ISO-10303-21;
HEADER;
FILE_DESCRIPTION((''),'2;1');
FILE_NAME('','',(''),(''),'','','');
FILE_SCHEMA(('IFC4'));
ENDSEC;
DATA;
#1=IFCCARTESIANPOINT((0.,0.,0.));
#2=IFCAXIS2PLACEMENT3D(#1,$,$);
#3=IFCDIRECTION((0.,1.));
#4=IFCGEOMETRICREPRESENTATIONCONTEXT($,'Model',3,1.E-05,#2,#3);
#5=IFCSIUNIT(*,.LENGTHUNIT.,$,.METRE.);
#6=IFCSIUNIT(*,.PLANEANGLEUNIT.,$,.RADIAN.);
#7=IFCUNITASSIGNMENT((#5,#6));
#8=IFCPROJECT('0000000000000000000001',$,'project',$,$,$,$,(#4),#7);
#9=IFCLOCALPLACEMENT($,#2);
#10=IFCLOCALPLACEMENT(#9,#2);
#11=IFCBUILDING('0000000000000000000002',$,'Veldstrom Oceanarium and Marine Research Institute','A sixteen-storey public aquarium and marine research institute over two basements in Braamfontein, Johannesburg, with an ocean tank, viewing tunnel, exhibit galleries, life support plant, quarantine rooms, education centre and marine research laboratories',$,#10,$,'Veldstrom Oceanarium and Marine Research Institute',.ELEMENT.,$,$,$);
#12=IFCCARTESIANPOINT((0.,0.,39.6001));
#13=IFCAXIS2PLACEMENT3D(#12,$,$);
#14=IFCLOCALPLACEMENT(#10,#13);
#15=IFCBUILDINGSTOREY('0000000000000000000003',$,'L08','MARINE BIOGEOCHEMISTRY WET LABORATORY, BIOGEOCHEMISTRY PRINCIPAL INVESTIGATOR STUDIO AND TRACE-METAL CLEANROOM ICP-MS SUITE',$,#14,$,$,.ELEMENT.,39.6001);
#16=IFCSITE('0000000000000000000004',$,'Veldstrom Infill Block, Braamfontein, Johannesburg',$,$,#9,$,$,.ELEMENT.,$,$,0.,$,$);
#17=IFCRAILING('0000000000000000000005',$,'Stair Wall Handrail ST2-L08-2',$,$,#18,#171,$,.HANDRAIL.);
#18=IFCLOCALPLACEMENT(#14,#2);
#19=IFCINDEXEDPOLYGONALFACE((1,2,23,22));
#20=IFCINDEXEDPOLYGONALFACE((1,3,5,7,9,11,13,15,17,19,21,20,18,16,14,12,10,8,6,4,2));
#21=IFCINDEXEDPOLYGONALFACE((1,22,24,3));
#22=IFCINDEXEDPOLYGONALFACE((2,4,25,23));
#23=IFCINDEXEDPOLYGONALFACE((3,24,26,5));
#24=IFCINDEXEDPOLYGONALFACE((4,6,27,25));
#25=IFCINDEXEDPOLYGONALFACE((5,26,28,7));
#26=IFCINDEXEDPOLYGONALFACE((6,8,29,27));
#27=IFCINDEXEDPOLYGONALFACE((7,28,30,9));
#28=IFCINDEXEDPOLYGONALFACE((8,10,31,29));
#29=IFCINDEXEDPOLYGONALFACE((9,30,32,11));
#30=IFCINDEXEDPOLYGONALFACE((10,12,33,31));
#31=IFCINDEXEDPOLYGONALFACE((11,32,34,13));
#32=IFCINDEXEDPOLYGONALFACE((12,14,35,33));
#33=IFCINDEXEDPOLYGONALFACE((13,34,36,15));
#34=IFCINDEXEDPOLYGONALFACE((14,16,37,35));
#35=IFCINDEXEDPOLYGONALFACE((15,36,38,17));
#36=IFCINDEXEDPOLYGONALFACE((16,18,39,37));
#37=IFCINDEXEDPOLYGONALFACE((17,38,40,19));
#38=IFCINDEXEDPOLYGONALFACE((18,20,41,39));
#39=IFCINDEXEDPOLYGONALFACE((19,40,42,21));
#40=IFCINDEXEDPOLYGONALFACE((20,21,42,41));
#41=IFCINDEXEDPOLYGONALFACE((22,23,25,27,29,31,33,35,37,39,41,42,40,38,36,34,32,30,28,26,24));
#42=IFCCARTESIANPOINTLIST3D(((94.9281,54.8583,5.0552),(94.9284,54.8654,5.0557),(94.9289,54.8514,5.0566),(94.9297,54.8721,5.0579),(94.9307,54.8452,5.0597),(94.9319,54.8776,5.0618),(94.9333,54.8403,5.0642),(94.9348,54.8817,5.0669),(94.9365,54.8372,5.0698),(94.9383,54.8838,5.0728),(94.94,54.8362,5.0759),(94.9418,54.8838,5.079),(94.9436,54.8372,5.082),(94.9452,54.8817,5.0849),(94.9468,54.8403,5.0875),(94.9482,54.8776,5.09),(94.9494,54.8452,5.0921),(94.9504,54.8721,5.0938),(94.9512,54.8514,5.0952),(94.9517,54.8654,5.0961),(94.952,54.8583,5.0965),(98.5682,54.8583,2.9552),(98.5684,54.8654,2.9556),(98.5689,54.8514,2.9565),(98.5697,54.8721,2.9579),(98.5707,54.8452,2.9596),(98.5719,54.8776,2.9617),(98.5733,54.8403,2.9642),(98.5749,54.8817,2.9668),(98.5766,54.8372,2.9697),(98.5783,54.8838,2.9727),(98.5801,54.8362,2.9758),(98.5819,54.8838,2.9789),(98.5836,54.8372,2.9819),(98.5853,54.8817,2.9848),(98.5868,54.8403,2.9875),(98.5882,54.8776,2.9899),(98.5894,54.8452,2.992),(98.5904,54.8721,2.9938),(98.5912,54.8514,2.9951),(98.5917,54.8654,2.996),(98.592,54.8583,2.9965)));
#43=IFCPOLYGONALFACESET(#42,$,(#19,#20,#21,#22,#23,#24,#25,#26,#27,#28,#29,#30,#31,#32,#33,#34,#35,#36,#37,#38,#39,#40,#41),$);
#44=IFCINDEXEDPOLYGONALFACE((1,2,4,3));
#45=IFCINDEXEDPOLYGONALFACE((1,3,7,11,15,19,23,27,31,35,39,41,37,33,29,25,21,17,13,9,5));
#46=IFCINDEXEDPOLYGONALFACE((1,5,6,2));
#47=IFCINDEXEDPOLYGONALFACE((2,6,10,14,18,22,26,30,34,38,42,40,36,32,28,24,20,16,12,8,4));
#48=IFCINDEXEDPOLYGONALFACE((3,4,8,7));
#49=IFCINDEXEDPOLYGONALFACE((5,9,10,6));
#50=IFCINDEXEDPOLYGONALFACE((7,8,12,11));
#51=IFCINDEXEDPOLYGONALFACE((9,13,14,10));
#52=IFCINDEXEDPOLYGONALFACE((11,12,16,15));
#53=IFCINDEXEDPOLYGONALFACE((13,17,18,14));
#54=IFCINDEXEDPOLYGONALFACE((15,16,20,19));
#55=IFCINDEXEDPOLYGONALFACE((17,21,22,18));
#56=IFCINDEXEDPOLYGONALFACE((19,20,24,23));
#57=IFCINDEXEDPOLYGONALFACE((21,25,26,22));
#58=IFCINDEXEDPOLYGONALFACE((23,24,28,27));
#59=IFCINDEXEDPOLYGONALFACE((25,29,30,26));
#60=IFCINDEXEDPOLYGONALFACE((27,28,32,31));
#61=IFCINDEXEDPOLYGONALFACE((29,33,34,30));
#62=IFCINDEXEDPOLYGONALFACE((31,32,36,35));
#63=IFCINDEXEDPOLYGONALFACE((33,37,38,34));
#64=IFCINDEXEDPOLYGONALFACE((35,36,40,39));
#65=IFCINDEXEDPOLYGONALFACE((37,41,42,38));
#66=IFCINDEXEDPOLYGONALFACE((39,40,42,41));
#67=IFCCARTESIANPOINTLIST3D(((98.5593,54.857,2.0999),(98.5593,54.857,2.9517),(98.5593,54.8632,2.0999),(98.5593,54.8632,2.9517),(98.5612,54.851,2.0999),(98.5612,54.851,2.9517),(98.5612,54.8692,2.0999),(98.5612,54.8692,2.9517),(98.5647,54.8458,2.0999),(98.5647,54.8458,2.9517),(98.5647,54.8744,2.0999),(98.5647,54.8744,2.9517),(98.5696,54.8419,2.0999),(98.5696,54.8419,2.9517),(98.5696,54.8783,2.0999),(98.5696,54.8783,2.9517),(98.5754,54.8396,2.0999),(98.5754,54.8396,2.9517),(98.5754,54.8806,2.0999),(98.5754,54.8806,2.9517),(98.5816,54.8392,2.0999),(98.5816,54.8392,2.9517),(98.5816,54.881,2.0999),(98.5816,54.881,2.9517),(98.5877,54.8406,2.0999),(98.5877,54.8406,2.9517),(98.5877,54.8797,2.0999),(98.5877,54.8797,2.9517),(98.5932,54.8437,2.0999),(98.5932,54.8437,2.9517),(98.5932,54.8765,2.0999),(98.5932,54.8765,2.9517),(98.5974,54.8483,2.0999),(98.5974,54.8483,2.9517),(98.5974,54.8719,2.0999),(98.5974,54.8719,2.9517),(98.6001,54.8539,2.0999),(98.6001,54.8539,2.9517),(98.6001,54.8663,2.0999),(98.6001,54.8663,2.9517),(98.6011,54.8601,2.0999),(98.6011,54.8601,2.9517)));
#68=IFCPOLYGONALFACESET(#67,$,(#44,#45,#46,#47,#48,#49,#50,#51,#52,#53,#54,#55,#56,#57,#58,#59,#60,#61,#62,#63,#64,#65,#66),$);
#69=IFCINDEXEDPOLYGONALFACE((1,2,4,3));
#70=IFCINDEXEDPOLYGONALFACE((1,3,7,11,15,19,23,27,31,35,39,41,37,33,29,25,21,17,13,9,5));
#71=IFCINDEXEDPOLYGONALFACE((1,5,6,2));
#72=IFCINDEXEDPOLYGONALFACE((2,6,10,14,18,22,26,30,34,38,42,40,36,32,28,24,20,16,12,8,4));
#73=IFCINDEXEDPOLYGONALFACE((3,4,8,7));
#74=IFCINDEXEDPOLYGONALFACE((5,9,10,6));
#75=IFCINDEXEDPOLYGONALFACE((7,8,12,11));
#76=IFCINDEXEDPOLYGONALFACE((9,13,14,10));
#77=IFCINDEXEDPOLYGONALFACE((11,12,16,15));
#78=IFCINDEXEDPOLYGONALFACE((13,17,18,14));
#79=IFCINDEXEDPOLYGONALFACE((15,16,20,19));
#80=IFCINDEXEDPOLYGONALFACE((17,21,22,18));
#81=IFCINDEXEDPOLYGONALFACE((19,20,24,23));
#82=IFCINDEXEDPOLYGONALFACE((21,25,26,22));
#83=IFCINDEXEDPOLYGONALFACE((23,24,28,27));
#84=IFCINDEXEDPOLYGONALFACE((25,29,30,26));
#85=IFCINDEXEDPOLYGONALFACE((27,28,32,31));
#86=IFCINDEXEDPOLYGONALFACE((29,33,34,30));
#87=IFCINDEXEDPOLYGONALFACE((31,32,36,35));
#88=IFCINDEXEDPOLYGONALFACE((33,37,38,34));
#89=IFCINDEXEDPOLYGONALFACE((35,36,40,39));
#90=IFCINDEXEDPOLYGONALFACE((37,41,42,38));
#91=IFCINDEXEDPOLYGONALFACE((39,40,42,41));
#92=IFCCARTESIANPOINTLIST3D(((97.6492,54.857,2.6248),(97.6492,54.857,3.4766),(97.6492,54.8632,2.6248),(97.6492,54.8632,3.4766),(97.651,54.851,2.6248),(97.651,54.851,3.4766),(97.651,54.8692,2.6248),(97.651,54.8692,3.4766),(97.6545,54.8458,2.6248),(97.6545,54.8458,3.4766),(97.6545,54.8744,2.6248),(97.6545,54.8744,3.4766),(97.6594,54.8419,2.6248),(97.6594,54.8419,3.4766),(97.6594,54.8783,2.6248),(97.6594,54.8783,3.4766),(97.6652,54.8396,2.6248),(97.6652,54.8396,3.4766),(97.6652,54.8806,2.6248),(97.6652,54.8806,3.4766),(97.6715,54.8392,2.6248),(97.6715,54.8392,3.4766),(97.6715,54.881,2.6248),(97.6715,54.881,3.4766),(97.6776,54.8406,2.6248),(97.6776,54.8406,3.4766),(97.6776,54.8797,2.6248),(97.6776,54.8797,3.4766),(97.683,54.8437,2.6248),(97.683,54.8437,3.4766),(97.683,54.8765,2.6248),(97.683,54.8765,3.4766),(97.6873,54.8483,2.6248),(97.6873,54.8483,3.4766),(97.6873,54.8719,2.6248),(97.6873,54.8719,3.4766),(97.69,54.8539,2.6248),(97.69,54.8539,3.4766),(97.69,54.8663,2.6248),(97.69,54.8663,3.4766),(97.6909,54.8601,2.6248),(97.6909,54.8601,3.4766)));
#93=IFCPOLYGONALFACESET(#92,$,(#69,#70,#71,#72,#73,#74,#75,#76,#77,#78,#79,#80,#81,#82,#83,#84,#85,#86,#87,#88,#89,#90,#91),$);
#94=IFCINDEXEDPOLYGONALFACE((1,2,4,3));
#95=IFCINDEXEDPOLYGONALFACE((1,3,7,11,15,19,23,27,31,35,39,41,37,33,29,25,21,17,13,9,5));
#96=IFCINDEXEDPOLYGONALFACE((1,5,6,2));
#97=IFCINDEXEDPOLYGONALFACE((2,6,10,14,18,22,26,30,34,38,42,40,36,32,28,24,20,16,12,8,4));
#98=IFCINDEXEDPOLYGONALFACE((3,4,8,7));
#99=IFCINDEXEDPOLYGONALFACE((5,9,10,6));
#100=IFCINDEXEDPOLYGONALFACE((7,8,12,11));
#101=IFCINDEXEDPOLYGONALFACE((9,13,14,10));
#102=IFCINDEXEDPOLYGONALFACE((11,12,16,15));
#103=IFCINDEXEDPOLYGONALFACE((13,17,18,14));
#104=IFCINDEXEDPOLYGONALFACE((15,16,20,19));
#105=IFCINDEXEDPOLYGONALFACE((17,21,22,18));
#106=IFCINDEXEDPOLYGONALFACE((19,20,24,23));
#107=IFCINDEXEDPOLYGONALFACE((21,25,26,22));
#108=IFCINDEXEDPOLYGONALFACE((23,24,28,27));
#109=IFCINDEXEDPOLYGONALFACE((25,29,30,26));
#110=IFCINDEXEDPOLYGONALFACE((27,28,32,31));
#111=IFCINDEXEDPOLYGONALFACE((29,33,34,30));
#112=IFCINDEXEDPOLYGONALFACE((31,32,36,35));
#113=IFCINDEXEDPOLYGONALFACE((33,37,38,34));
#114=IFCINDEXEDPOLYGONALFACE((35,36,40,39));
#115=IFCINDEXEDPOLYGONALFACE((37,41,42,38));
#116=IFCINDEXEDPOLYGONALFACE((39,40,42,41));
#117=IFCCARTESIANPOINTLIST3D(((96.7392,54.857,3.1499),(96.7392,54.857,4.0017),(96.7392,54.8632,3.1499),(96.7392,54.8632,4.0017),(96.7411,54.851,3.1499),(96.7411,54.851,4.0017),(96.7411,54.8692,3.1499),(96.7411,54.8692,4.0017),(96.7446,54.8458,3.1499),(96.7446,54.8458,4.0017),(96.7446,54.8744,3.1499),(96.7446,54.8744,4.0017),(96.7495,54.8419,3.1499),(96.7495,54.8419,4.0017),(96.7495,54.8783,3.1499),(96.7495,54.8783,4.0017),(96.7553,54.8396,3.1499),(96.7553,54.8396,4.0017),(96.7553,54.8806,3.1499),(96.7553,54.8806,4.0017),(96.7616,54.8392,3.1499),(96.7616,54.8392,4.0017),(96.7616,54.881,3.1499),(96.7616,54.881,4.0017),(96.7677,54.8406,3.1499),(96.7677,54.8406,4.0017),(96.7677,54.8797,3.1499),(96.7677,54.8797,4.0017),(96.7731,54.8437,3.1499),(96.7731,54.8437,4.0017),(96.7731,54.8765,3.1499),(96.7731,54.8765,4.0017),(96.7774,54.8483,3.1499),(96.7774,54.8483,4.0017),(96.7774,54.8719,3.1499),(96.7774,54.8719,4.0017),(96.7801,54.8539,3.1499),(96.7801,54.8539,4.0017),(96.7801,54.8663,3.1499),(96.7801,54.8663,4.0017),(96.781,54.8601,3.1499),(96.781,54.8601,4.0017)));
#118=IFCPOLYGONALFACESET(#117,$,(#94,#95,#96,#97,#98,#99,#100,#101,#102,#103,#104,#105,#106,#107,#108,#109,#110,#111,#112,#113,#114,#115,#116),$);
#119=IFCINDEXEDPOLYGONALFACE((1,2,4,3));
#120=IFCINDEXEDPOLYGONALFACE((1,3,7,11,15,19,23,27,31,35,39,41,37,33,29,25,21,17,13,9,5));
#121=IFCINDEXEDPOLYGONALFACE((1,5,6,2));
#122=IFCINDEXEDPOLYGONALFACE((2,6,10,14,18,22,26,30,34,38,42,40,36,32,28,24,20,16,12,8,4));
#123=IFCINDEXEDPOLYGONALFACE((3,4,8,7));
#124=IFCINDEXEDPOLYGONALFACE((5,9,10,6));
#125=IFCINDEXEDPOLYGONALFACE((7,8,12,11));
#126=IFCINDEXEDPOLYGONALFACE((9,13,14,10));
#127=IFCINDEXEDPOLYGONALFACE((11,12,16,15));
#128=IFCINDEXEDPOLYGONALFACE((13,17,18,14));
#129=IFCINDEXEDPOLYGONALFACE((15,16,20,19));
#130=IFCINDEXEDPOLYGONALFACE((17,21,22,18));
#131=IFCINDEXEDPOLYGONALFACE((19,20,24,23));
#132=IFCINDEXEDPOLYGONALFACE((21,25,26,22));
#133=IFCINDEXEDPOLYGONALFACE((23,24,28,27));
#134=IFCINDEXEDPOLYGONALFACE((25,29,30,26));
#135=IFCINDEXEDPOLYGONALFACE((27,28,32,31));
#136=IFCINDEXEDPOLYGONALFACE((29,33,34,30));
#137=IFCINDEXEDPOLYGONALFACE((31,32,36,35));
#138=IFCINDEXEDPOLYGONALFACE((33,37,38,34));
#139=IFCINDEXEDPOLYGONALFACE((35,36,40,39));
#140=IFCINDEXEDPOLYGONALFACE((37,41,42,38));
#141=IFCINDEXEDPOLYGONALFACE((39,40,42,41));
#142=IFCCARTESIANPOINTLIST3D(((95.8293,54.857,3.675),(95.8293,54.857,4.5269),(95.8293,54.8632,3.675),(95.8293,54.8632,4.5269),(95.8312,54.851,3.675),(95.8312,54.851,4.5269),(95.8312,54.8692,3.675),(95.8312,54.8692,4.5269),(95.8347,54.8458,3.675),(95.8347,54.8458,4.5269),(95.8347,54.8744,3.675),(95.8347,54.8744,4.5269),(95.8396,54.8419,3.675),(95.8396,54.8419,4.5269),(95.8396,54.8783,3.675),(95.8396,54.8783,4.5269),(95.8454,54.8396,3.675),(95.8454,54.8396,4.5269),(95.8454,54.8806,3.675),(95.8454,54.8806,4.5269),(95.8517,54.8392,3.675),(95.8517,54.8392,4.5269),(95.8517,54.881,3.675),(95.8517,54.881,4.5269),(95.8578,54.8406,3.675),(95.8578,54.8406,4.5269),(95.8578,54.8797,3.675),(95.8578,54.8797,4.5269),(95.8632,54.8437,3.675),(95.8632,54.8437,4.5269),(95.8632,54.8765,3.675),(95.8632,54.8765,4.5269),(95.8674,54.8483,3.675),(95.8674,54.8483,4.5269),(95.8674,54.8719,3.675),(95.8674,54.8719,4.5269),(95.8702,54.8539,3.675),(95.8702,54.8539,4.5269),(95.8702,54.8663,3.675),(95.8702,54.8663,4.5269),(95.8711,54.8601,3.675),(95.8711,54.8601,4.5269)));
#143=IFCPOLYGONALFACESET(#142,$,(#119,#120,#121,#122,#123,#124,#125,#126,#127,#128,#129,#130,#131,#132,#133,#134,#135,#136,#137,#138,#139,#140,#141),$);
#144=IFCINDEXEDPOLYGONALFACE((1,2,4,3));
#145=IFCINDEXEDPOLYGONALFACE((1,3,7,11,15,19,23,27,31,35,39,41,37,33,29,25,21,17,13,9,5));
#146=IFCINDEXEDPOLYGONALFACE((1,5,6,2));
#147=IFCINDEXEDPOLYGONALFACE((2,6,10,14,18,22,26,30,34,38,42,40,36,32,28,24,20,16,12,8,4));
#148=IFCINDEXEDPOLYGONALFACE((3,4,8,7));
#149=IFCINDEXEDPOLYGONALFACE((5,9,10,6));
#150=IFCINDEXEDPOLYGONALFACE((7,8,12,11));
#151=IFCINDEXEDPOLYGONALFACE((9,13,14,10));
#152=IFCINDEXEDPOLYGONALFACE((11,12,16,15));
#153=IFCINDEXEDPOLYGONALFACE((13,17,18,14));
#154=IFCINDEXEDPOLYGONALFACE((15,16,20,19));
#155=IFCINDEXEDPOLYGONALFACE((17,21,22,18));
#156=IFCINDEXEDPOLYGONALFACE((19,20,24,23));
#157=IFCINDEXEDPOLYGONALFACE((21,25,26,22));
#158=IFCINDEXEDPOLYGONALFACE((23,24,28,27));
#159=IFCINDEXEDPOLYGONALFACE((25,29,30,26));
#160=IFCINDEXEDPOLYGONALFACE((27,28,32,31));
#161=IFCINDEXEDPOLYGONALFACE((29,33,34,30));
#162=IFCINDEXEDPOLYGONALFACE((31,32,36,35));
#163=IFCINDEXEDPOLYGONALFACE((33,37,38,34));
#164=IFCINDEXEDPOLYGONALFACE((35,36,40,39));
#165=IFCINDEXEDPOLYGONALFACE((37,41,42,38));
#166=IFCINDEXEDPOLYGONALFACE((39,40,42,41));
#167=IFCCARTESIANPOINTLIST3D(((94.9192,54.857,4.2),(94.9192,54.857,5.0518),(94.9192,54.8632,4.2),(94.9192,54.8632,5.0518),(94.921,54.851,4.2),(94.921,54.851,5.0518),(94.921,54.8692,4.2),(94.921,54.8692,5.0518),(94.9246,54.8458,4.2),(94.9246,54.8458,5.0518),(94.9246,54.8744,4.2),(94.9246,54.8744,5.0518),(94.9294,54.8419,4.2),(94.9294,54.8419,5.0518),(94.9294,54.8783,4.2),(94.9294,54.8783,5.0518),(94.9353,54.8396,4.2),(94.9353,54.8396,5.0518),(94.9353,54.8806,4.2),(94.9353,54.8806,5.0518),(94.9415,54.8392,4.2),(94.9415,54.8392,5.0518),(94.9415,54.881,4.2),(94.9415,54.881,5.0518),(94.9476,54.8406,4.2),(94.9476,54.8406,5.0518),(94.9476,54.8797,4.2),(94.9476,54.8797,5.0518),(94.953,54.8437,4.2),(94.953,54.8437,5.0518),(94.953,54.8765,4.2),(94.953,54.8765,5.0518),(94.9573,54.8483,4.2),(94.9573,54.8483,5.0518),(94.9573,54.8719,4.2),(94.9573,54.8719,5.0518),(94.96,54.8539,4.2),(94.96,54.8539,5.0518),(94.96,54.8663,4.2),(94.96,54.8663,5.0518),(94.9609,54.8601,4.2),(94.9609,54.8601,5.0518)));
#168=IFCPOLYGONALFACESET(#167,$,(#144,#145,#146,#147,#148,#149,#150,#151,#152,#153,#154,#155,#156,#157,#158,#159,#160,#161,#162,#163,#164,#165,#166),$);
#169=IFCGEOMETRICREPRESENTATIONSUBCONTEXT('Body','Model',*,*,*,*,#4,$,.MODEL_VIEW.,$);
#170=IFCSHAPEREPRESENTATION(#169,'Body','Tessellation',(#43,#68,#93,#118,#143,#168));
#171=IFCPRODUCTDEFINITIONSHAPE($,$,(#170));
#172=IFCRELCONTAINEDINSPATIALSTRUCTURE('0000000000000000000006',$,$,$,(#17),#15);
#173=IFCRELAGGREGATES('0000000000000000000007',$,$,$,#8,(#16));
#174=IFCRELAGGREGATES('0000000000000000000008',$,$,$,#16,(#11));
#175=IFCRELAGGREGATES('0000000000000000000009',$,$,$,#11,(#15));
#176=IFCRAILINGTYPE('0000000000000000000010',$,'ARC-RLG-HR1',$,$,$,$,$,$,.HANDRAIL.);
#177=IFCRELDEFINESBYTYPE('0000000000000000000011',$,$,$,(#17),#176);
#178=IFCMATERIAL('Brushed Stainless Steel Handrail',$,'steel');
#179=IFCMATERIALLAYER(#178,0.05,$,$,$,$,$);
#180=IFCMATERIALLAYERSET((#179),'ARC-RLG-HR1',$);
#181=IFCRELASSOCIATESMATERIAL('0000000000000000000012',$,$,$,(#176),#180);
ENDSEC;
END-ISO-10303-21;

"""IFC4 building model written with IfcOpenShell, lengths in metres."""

from ifc_helpers import new_model, si_unit, direction, frame, origin, origin_2d, place, context, subcontext, project, spatial, circle, extrude, material, layer, layer_set, type_object, element, save


model = new_model("IFC4")

# Units and contexts
model_context = context("Model", 3, precision=1e-05, world=origin(), true_north=direction((0.0, 1.0)))
body_context = subcontext(model_context, "Body", "Model", "MODEL_VIEW")
ifc_project = project(units=[si_unit("LENGTHUNIT", "METRE"), si_unit("PLANEANGLEUNIT", "RADIAN")], contexts=[model_context])

# Site, building, storey
site_placement = place(None, origin())
site = spatial("IfcSite", under=ifc_project, at=site_placement, Name="Veldstrom Infill Block, Braamfontein, Johannesburg", CompositionType="ELEMENT", RefElevation=0.0)
building_placement = place(site_placement, origin())
building = spatial("IfcBuilding", under=site, at=building_placement, Name="Veldstrom Oceanarium and Marine Research Institute", Description="A sixteen-storey public aquarium and marine research institute over two basements in Braamfontein, Johannesburg, with an ocean tank, viewing tunnel, exhibit galleries, life support plant, quarantine rooms, education centre and marine research laboratories", LongName="Veldstrom Oceanarium and Marine Research Institute", CompositionType="ELEMENT")
storey_placement = place(building_placement, frame((0.0, 0.0, 39.6001)))
storey = spatial("IfcBuildingStorey", under=building, at=storey_placement, Name="L08", Description="MARINE BIOGEOCHEMISTRY WET LABORATORY, BIOGEOCHEMISTRY PRINCIPAL INVESTIGATOR STUDIO AND TRACE-METAL CLEANROOM ICP-MS SUITE", CompositionType="ELEMENT", Elevation=39.6001)

# Railing
ifc_material_1 = material(Name="Brushed Stainless Steel Handrail", Category="steel")
ifc_layer_1 = layer(ifc_material_1, 0.05)
ifc_layer_set_1 = layer_set([ifc_layer_1], Name="ARC-RLG-HR1")
railing_type_1 = type_object("IfcRailingType", Name="ARC-RLG-HR1", PredefinedType="HANDRAIL", material=ifc_layer_set_1)
railing_1_placement = place(storey_placement, frame((98.5801, 54.8601, 2.0999)))
element("IfcRailing", 1, at=railing_1_placement, inside=storey, type_object=railing_type_1, Name="Stair Wall Handrail ST2-L08-2", PredefinedType="HANDRAIL", context=body_context, shape_type="SweptSolid", body=[
    extrude(circle(Radius=0.0239, at=origin_2d()), frame((0.0, 0.0, 0.876), z_axis=(-0.866184, 0.0, 0.499726), x_axis=(0.0, -1.0, 0.0)), (0.0, 0.0, 1.0), 4.2024),
    extrude(circle(Radius=0.021, at=origin_2d()), origin(), (0.0, 0.0, 1.0), 0.8518),
    extrude(circle(Radius=0.021, at=origin_2d()), frame((-0.9102, 0.0, 0.5249)), (0.0, 0.0, 1.0), 0.8518),
    extrude(circle(Radius=0.021, at=origin_2d()), frame((-1.8201, 0.0, 1.05)), (0.0, 0.0, 1.0), 0.8518),
    extrude(circle(Radius=0.021, at=origin_2d()), frame((-2.73, 0.0, 1.5752)), (0.0, 0.0, 1.0), 0.8518),
    extrude(circle(Radius=0.021, at=origin_2d()), frame((-3.6401, 0.0, 2.1001)), (0.0, 0.0, 1.0), 0.8518),
])

save(model, "model.ifc")
